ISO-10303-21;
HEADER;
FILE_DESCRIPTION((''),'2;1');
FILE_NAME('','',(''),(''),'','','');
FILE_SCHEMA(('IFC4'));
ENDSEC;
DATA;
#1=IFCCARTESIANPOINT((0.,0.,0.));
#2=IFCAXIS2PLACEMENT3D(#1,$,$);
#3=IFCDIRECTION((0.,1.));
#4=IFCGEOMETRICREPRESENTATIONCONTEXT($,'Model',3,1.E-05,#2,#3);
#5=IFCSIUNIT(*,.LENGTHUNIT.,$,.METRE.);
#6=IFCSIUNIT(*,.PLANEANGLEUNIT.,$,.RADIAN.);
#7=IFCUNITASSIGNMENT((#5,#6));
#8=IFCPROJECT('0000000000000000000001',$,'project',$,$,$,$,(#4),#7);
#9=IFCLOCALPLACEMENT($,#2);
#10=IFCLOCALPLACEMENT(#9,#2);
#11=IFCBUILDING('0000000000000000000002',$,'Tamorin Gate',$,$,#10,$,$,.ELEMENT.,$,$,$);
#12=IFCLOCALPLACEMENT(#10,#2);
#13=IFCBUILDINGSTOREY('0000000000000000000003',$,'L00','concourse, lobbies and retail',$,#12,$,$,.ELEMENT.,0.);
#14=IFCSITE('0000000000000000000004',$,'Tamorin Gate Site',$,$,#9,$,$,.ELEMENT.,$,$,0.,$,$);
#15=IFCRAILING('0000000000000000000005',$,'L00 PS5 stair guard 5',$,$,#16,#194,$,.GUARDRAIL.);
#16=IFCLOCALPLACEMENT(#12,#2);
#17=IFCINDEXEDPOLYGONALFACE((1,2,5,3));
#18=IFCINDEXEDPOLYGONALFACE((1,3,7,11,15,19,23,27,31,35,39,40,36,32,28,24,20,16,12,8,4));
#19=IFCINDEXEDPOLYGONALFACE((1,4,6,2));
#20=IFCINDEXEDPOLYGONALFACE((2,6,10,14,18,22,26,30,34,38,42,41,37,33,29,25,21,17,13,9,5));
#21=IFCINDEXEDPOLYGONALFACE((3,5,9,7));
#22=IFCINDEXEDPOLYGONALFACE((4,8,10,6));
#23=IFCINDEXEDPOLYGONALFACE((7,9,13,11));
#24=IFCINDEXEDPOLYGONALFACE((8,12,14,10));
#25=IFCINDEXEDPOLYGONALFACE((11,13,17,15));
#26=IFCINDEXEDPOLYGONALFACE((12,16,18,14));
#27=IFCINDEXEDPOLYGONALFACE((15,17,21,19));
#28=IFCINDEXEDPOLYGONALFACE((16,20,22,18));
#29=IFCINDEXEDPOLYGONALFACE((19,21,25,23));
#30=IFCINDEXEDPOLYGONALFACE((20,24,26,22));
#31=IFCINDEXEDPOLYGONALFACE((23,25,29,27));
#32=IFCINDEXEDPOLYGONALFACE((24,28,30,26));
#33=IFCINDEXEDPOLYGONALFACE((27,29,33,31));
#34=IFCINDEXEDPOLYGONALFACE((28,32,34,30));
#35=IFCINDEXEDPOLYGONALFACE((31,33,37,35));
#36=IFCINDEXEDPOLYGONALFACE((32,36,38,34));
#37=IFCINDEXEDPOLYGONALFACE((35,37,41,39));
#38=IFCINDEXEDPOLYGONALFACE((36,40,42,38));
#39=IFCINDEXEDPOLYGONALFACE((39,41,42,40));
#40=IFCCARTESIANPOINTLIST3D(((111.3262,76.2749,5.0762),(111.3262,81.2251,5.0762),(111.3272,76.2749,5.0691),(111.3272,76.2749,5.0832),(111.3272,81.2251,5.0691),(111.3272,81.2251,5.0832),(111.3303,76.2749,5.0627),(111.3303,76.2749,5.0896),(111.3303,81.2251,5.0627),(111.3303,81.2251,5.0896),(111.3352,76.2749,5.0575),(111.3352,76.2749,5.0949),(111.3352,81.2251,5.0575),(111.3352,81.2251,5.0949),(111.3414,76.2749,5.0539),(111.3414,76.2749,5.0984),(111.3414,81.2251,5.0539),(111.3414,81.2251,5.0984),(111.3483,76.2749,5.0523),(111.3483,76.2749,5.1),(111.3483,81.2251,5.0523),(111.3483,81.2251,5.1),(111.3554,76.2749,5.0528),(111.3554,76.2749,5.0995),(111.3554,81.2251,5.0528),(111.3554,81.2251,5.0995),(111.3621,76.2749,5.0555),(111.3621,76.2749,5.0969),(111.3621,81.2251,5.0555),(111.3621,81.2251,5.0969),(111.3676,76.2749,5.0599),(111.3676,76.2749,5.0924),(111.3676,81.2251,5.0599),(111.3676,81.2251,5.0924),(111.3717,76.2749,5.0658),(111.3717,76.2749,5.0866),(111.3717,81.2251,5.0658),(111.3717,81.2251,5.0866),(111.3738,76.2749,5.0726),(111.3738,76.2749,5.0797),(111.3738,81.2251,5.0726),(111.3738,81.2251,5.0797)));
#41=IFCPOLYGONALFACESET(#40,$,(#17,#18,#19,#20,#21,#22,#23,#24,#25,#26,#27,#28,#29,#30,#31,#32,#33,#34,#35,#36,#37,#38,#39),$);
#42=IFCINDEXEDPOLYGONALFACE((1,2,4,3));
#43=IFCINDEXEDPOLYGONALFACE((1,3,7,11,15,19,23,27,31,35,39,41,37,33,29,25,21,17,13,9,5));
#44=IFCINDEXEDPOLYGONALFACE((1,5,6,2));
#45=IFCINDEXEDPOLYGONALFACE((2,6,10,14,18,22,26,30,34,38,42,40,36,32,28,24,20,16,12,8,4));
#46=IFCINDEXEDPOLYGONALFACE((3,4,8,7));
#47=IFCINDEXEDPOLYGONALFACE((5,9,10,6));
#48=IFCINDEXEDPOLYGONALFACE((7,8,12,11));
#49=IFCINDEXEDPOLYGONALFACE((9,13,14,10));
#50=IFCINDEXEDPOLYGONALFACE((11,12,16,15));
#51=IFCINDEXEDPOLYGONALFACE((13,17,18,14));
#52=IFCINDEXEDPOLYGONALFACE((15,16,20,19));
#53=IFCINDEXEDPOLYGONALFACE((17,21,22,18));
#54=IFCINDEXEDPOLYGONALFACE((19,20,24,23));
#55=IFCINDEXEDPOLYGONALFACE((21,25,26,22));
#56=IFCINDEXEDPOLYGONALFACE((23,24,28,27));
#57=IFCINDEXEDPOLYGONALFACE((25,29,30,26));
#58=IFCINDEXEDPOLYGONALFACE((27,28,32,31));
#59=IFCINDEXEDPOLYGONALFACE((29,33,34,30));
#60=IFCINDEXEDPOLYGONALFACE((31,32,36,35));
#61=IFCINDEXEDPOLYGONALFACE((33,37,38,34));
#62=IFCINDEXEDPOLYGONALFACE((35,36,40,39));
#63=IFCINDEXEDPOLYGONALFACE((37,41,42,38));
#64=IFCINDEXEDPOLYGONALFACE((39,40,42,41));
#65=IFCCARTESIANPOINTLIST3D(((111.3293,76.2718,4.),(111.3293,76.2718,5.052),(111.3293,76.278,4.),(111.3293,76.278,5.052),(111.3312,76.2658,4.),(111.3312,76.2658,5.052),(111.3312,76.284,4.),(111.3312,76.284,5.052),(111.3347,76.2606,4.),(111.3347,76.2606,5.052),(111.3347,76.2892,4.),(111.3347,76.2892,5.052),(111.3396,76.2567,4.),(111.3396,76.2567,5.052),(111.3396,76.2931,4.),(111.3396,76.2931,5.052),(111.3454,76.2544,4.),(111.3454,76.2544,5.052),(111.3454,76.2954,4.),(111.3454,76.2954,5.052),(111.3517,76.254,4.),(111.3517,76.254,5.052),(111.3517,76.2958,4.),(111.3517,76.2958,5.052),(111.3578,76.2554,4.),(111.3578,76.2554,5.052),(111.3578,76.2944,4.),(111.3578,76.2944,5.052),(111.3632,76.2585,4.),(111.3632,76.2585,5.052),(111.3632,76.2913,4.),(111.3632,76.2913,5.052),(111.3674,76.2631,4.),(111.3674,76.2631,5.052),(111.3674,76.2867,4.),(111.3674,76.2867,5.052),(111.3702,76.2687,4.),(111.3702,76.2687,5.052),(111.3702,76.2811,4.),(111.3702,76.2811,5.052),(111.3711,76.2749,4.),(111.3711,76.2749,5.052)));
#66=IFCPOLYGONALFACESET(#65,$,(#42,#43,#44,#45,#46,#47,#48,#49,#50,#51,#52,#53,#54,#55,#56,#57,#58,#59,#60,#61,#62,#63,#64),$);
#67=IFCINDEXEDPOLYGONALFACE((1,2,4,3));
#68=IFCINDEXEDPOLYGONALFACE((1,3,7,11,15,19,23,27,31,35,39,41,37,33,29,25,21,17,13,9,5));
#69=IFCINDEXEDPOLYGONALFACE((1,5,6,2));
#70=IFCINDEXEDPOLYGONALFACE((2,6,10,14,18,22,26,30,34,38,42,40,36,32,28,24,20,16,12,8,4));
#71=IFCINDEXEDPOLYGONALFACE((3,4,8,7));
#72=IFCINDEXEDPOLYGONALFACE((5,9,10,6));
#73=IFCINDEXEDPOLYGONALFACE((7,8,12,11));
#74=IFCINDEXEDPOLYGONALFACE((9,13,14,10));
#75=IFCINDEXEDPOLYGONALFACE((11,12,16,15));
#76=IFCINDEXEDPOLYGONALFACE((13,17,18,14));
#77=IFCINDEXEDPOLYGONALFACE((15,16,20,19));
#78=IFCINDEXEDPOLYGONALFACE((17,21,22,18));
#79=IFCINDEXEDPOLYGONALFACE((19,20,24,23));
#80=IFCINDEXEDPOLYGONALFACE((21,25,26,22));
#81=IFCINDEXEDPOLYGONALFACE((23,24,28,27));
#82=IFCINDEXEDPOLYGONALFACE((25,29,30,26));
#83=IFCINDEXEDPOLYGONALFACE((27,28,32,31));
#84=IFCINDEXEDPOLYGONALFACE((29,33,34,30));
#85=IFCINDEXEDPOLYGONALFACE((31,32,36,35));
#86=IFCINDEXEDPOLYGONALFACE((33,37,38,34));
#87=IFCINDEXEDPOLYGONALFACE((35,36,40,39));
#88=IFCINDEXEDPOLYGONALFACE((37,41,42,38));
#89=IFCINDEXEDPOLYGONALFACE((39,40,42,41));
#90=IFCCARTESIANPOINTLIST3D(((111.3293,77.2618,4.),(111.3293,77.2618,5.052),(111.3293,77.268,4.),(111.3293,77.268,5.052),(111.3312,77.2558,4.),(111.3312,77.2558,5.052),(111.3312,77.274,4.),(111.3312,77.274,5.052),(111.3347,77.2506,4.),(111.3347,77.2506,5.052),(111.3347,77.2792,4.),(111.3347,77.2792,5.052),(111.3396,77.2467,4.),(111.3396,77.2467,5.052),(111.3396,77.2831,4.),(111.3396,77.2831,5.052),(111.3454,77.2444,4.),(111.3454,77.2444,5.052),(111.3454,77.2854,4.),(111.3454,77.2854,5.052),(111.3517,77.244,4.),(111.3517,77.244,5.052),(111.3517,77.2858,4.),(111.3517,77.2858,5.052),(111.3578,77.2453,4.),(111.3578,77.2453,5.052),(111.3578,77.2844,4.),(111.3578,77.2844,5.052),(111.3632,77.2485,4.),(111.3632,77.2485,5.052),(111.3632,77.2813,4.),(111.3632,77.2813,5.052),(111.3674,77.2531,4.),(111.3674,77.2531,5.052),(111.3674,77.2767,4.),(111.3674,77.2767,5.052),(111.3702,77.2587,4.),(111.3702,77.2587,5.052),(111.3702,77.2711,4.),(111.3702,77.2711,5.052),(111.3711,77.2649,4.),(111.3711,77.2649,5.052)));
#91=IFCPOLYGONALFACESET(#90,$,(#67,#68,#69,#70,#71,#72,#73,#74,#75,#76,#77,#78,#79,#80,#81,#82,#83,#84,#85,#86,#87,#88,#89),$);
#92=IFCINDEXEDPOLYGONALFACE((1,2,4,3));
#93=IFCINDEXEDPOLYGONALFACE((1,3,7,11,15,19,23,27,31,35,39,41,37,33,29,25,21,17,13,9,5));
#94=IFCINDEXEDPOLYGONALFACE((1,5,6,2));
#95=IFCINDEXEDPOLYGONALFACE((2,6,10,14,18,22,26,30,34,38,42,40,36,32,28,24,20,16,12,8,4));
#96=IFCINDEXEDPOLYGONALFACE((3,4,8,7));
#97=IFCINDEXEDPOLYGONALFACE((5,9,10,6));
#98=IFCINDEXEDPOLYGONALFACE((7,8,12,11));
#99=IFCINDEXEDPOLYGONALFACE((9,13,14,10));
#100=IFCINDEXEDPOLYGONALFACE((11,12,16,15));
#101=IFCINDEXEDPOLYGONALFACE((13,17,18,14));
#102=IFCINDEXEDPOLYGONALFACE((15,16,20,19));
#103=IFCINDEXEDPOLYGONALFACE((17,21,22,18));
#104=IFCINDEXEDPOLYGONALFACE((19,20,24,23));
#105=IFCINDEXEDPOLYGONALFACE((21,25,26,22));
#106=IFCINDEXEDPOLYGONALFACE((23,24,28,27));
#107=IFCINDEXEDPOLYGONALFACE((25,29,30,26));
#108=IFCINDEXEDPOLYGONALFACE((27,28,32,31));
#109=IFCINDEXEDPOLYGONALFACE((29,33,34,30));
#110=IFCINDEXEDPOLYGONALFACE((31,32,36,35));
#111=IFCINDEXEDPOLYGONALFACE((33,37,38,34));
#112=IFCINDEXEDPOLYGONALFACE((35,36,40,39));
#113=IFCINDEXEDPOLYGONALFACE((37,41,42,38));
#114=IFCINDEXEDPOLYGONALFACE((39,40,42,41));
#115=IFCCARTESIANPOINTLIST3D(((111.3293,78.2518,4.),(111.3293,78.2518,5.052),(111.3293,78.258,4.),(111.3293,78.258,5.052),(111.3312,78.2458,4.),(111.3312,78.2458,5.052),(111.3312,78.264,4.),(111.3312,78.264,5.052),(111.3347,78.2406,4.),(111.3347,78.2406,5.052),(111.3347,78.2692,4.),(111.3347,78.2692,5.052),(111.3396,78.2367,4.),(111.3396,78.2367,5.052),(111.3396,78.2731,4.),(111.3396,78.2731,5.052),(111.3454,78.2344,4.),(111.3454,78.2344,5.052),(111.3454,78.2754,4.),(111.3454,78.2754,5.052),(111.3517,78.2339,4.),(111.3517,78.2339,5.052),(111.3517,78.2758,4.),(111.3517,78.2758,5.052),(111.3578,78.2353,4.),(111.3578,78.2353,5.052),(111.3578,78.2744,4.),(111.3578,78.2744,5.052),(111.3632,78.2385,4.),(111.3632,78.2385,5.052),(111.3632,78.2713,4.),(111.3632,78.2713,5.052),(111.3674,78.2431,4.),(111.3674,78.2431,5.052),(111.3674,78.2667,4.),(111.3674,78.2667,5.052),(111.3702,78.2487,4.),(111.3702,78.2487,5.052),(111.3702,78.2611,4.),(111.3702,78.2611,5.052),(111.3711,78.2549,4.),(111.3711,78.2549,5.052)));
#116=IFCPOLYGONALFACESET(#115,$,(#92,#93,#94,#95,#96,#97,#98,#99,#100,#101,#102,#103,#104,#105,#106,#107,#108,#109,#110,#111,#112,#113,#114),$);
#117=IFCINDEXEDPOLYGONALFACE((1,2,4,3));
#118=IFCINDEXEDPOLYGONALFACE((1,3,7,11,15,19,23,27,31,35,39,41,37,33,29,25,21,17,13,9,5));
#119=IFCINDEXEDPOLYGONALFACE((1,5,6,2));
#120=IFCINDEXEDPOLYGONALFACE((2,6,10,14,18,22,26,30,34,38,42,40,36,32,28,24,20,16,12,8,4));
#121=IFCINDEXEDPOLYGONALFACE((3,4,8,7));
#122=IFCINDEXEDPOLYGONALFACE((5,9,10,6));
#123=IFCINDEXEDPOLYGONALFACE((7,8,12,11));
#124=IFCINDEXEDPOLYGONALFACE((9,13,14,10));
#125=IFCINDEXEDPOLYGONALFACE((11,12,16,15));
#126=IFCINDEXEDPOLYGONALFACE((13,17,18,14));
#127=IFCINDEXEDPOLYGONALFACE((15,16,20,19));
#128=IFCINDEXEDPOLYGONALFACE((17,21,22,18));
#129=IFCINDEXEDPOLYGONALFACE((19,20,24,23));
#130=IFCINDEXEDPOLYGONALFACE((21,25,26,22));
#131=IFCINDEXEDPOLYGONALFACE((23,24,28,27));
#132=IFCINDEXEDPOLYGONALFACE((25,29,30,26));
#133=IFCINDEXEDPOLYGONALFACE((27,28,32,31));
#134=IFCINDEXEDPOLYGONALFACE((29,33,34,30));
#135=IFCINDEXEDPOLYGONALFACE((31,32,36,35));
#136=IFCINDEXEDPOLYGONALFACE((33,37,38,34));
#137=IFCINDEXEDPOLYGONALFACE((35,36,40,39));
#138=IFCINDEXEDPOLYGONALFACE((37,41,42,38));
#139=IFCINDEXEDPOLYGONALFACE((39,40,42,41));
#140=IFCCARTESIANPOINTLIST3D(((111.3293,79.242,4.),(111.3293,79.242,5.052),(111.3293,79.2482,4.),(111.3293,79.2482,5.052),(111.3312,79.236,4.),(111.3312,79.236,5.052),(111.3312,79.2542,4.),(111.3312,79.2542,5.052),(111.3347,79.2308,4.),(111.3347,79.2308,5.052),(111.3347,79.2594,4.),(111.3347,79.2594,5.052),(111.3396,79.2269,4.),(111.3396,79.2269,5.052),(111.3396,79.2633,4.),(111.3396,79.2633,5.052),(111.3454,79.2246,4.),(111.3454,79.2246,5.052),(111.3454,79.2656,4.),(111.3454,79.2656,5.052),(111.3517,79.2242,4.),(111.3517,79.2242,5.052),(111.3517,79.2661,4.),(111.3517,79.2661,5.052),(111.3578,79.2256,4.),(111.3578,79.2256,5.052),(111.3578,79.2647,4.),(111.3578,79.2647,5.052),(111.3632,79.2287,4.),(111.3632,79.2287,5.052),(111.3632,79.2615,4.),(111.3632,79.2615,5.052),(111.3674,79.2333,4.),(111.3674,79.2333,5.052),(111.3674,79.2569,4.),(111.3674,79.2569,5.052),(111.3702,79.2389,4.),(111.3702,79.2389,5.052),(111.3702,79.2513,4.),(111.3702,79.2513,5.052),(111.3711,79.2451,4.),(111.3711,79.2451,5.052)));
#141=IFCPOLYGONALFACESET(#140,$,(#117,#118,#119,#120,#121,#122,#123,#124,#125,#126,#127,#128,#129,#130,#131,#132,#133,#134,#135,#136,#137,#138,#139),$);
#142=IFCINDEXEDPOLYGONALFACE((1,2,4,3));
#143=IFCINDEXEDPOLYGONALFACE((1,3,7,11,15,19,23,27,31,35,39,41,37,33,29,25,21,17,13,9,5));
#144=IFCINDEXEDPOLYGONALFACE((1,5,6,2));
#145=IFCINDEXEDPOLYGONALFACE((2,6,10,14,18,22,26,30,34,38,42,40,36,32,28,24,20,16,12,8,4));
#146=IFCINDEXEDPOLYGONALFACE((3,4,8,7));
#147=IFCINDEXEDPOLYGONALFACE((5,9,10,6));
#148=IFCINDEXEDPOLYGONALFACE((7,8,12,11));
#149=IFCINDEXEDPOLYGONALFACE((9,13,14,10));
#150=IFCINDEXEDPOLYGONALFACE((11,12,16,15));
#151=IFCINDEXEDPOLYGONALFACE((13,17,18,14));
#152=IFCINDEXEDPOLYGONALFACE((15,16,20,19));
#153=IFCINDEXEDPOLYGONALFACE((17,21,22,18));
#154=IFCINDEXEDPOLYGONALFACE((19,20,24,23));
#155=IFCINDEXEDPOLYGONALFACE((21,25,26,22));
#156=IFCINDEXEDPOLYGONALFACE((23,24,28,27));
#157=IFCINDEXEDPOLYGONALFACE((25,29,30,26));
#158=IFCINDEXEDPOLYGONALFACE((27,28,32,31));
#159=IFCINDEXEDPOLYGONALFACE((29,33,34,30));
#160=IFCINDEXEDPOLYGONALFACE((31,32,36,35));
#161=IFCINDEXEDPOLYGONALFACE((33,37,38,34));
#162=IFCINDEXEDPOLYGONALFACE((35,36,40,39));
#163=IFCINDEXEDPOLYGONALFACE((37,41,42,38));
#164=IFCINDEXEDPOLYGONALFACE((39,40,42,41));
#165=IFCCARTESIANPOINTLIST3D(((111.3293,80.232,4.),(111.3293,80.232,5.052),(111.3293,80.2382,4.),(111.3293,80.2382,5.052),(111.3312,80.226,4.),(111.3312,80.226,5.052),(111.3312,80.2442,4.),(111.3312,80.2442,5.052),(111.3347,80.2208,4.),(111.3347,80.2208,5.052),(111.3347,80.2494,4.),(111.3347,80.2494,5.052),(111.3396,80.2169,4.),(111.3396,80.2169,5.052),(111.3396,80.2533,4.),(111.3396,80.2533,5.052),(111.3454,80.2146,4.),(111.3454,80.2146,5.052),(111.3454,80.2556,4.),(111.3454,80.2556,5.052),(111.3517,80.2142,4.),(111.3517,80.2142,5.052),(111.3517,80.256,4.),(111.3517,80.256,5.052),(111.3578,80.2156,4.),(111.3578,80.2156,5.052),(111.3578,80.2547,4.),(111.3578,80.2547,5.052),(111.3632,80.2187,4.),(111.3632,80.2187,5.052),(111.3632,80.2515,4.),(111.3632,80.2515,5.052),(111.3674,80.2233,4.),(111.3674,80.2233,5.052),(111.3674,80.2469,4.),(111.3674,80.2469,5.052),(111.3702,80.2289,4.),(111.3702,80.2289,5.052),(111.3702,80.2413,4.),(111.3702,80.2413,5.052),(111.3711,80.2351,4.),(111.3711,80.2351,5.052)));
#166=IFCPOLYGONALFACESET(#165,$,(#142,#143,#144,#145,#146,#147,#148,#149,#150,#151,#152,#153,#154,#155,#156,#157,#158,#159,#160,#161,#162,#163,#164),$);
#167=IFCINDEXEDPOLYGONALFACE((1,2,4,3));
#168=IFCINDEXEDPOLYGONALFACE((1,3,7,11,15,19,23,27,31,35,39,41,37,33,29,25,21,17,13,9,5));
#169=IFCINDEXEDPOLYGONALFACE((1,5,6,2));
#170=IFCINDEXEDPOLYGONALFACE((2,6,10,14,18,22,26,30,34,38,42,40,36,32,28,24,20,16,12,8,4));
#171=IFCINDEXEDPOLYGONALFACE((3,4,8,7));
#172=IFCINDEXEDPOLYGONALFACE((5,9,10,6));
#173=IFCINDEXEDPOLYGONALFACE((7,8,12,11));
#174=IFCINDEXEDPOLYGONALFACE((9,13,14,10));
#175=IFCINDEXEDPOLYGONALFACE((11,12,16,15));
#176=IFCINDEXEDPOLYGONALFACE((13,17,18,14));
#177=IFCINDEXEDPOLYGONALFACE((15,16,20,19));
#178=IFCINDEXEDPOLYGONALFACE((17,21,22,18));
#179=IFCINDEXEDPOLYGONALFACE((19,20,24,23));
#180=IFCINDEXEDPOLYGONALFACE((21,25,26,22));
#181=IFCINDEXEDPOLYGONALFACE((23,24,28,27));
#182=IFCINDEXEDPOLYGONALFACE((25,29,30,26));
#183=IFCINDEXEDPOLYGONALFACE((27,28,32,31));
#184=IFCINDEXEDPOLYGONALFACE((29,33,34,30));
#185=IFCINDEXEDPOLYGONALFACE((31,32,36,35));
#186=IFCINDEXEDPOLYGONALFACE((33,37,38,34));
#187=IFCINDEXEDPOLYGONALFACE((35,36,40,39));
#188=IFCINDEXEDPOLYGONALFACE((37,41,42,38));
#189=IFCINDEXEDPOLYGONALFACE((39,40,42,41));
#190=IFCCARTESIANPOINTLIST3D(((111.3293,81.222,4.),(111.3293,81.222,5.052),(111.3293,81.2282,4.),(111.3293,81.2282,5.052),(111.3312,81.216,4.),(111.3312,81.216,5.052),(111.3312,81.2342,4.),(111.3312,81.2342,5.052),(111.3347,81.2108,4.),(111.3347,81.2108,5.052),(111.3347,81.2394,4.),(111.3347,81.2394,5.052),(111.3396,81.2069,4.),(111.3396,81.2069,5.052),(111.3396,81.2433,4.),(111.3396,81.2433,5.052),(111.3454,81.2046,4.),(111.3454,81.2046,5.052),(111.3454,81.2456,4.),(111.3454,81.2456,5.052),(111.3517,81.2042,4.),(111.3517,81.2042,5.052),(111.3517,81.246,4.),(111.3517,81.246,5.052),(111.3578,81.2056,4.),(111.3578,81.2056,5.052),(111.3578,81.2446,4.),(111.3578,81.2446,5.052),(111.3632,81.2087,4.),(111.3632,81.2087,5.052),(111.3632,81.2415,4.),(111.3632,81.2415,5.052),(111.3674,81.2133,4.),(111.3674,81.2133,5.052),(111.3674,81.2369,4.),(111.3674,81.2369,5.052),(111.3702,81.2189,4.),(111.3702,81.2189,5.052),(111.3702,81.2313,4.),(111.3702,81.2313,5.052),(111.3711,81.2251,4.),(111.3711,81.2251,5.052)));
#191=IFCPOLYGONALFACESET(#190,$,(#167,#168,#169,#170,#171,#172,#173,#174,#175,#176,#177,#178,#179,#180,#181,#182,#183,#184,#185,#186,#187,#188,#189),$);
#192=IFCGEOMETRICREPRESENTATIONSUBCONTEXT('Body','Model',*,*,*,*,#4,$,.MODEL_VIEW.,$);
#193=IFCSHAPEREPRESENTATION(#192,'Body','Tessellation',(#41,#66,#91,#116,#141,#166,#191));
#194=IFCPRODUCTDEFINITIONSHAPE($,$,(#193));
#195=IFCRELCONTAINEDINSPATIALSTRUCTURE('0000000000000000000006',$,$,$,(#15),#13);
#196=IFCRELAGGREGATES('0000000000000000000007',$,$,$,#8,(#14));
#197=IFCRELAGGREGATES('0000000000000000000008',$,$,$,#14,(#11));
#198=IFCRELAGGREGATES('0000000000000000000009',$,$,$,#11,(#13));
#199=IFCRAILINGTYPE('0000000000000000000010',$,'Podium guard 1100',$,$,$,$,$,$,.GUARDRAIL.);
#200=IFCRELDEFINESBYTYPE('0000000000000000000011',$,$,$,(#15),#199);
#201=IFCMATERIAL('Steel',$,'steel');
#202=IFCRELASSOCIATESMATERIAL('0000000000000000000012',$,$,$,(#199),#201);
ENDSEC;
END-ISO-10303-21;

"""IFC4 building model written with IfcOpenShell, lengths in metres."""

from ifc_helpers import new_model, si_unit, direction, frame, origin, origin_2d, place, context, subcontext, project, spatial, circle, extrude, material, type_object, element, save


model = new_model("IFC4")

# Units and contexts
model_context = context("Model", 3, precision=1e-05, world=origin(), true_north=direction((0.0, 1.0)))
body_context = subcontext(model_context, "Body", "Model", "MODEL_VIEW")
ifc_project = project(units=[si_unit("LENGTHUNIT", "METRE"), si_unit("PLANEANGLEUNIT", "RADIAN")], contexts=[model_context])

# Site, building, storey
site_placement = place(None, origin())
site = spatial("IfcSite", under=ifc_project, at=site_placement, Name="Tamorin Gate Site", CompositionType="ELEMENT", RefElevation=0.0)
building_placement = place(site_placement, origin())
building = spatial("IfcBuilding", under=site, at=building_placement, Name="Tamorin Gate", CompositionType="ELEMENT")
storey_placement = place(building_placement, origin())
storey = spatial("IfcBuildingStorey", under=building, at=storey_placement, Name="L00", Description="concourse, lobbies and retail", CompositionType="ELEMENT", Elevation=0.0)

# Railing
ifc_material_1 = material(Name="Steel", Category="steel")
railing_type_1 = type_object("IfcRailingType", Name="Podium guard 1100", PredefinedType="GUARDRAIL", material=ifc_material_1)
railing_1_placement = place(storey_placement, frame((111.3501, 76.2749, 4.0)))
element("IfcRailing", 1, at=railing_1_placement, inside=storey, type_object=railing_type_1, Name="L00 PS5 stair guard 5", PredefinedType="GUARDRAIL", context=body_context, shape_type="SweptSolid", body=[
    extrude(circle(Radius=0.0239, at=origin_2d()), frame((0.0, 0.0, 1.0762), z_axis=(0.0, 1.0, 0.0), x_axis=(-1.0, 0.0, 0.0)), (0.0, 0.0, 1.0), 4.9502),
    extrude(circle(Radius=0.021, at=origin_2d()), origin(), (0.0, 0.0, 1.0), 1.052),
    extrude(circle(Radius=0.021, at=origin_2d()), frame((0.0, 0.99, 0.0)), (0.0, 0.0, 1.0), 1.052),
    extrude(circle(Radius=0.021, at=origin_2d()), frame((0.0, 1.98, 0.0)), (0.0, 0.0, 1.0), 1.052),
    extrude(circle(Radius=0.021, at=origin_2d()), frame((0.0, 2.9702, 0.0)), (0.0, 0.0, 1.0), 1.052),
    extrude(circle(Radius=0.021, at=origin_2d()), frame((0.0, 3.9602, 0.0)), (0.0, 0.0, 1.0), 1.052),
    extrude(circle(Radius=0.021, at=origin_2d()), frame((0.0, 4.9502, 0.0)), (0.0, 0.0, 1.0), 1.052),
])

save(model, "model.ifc")
